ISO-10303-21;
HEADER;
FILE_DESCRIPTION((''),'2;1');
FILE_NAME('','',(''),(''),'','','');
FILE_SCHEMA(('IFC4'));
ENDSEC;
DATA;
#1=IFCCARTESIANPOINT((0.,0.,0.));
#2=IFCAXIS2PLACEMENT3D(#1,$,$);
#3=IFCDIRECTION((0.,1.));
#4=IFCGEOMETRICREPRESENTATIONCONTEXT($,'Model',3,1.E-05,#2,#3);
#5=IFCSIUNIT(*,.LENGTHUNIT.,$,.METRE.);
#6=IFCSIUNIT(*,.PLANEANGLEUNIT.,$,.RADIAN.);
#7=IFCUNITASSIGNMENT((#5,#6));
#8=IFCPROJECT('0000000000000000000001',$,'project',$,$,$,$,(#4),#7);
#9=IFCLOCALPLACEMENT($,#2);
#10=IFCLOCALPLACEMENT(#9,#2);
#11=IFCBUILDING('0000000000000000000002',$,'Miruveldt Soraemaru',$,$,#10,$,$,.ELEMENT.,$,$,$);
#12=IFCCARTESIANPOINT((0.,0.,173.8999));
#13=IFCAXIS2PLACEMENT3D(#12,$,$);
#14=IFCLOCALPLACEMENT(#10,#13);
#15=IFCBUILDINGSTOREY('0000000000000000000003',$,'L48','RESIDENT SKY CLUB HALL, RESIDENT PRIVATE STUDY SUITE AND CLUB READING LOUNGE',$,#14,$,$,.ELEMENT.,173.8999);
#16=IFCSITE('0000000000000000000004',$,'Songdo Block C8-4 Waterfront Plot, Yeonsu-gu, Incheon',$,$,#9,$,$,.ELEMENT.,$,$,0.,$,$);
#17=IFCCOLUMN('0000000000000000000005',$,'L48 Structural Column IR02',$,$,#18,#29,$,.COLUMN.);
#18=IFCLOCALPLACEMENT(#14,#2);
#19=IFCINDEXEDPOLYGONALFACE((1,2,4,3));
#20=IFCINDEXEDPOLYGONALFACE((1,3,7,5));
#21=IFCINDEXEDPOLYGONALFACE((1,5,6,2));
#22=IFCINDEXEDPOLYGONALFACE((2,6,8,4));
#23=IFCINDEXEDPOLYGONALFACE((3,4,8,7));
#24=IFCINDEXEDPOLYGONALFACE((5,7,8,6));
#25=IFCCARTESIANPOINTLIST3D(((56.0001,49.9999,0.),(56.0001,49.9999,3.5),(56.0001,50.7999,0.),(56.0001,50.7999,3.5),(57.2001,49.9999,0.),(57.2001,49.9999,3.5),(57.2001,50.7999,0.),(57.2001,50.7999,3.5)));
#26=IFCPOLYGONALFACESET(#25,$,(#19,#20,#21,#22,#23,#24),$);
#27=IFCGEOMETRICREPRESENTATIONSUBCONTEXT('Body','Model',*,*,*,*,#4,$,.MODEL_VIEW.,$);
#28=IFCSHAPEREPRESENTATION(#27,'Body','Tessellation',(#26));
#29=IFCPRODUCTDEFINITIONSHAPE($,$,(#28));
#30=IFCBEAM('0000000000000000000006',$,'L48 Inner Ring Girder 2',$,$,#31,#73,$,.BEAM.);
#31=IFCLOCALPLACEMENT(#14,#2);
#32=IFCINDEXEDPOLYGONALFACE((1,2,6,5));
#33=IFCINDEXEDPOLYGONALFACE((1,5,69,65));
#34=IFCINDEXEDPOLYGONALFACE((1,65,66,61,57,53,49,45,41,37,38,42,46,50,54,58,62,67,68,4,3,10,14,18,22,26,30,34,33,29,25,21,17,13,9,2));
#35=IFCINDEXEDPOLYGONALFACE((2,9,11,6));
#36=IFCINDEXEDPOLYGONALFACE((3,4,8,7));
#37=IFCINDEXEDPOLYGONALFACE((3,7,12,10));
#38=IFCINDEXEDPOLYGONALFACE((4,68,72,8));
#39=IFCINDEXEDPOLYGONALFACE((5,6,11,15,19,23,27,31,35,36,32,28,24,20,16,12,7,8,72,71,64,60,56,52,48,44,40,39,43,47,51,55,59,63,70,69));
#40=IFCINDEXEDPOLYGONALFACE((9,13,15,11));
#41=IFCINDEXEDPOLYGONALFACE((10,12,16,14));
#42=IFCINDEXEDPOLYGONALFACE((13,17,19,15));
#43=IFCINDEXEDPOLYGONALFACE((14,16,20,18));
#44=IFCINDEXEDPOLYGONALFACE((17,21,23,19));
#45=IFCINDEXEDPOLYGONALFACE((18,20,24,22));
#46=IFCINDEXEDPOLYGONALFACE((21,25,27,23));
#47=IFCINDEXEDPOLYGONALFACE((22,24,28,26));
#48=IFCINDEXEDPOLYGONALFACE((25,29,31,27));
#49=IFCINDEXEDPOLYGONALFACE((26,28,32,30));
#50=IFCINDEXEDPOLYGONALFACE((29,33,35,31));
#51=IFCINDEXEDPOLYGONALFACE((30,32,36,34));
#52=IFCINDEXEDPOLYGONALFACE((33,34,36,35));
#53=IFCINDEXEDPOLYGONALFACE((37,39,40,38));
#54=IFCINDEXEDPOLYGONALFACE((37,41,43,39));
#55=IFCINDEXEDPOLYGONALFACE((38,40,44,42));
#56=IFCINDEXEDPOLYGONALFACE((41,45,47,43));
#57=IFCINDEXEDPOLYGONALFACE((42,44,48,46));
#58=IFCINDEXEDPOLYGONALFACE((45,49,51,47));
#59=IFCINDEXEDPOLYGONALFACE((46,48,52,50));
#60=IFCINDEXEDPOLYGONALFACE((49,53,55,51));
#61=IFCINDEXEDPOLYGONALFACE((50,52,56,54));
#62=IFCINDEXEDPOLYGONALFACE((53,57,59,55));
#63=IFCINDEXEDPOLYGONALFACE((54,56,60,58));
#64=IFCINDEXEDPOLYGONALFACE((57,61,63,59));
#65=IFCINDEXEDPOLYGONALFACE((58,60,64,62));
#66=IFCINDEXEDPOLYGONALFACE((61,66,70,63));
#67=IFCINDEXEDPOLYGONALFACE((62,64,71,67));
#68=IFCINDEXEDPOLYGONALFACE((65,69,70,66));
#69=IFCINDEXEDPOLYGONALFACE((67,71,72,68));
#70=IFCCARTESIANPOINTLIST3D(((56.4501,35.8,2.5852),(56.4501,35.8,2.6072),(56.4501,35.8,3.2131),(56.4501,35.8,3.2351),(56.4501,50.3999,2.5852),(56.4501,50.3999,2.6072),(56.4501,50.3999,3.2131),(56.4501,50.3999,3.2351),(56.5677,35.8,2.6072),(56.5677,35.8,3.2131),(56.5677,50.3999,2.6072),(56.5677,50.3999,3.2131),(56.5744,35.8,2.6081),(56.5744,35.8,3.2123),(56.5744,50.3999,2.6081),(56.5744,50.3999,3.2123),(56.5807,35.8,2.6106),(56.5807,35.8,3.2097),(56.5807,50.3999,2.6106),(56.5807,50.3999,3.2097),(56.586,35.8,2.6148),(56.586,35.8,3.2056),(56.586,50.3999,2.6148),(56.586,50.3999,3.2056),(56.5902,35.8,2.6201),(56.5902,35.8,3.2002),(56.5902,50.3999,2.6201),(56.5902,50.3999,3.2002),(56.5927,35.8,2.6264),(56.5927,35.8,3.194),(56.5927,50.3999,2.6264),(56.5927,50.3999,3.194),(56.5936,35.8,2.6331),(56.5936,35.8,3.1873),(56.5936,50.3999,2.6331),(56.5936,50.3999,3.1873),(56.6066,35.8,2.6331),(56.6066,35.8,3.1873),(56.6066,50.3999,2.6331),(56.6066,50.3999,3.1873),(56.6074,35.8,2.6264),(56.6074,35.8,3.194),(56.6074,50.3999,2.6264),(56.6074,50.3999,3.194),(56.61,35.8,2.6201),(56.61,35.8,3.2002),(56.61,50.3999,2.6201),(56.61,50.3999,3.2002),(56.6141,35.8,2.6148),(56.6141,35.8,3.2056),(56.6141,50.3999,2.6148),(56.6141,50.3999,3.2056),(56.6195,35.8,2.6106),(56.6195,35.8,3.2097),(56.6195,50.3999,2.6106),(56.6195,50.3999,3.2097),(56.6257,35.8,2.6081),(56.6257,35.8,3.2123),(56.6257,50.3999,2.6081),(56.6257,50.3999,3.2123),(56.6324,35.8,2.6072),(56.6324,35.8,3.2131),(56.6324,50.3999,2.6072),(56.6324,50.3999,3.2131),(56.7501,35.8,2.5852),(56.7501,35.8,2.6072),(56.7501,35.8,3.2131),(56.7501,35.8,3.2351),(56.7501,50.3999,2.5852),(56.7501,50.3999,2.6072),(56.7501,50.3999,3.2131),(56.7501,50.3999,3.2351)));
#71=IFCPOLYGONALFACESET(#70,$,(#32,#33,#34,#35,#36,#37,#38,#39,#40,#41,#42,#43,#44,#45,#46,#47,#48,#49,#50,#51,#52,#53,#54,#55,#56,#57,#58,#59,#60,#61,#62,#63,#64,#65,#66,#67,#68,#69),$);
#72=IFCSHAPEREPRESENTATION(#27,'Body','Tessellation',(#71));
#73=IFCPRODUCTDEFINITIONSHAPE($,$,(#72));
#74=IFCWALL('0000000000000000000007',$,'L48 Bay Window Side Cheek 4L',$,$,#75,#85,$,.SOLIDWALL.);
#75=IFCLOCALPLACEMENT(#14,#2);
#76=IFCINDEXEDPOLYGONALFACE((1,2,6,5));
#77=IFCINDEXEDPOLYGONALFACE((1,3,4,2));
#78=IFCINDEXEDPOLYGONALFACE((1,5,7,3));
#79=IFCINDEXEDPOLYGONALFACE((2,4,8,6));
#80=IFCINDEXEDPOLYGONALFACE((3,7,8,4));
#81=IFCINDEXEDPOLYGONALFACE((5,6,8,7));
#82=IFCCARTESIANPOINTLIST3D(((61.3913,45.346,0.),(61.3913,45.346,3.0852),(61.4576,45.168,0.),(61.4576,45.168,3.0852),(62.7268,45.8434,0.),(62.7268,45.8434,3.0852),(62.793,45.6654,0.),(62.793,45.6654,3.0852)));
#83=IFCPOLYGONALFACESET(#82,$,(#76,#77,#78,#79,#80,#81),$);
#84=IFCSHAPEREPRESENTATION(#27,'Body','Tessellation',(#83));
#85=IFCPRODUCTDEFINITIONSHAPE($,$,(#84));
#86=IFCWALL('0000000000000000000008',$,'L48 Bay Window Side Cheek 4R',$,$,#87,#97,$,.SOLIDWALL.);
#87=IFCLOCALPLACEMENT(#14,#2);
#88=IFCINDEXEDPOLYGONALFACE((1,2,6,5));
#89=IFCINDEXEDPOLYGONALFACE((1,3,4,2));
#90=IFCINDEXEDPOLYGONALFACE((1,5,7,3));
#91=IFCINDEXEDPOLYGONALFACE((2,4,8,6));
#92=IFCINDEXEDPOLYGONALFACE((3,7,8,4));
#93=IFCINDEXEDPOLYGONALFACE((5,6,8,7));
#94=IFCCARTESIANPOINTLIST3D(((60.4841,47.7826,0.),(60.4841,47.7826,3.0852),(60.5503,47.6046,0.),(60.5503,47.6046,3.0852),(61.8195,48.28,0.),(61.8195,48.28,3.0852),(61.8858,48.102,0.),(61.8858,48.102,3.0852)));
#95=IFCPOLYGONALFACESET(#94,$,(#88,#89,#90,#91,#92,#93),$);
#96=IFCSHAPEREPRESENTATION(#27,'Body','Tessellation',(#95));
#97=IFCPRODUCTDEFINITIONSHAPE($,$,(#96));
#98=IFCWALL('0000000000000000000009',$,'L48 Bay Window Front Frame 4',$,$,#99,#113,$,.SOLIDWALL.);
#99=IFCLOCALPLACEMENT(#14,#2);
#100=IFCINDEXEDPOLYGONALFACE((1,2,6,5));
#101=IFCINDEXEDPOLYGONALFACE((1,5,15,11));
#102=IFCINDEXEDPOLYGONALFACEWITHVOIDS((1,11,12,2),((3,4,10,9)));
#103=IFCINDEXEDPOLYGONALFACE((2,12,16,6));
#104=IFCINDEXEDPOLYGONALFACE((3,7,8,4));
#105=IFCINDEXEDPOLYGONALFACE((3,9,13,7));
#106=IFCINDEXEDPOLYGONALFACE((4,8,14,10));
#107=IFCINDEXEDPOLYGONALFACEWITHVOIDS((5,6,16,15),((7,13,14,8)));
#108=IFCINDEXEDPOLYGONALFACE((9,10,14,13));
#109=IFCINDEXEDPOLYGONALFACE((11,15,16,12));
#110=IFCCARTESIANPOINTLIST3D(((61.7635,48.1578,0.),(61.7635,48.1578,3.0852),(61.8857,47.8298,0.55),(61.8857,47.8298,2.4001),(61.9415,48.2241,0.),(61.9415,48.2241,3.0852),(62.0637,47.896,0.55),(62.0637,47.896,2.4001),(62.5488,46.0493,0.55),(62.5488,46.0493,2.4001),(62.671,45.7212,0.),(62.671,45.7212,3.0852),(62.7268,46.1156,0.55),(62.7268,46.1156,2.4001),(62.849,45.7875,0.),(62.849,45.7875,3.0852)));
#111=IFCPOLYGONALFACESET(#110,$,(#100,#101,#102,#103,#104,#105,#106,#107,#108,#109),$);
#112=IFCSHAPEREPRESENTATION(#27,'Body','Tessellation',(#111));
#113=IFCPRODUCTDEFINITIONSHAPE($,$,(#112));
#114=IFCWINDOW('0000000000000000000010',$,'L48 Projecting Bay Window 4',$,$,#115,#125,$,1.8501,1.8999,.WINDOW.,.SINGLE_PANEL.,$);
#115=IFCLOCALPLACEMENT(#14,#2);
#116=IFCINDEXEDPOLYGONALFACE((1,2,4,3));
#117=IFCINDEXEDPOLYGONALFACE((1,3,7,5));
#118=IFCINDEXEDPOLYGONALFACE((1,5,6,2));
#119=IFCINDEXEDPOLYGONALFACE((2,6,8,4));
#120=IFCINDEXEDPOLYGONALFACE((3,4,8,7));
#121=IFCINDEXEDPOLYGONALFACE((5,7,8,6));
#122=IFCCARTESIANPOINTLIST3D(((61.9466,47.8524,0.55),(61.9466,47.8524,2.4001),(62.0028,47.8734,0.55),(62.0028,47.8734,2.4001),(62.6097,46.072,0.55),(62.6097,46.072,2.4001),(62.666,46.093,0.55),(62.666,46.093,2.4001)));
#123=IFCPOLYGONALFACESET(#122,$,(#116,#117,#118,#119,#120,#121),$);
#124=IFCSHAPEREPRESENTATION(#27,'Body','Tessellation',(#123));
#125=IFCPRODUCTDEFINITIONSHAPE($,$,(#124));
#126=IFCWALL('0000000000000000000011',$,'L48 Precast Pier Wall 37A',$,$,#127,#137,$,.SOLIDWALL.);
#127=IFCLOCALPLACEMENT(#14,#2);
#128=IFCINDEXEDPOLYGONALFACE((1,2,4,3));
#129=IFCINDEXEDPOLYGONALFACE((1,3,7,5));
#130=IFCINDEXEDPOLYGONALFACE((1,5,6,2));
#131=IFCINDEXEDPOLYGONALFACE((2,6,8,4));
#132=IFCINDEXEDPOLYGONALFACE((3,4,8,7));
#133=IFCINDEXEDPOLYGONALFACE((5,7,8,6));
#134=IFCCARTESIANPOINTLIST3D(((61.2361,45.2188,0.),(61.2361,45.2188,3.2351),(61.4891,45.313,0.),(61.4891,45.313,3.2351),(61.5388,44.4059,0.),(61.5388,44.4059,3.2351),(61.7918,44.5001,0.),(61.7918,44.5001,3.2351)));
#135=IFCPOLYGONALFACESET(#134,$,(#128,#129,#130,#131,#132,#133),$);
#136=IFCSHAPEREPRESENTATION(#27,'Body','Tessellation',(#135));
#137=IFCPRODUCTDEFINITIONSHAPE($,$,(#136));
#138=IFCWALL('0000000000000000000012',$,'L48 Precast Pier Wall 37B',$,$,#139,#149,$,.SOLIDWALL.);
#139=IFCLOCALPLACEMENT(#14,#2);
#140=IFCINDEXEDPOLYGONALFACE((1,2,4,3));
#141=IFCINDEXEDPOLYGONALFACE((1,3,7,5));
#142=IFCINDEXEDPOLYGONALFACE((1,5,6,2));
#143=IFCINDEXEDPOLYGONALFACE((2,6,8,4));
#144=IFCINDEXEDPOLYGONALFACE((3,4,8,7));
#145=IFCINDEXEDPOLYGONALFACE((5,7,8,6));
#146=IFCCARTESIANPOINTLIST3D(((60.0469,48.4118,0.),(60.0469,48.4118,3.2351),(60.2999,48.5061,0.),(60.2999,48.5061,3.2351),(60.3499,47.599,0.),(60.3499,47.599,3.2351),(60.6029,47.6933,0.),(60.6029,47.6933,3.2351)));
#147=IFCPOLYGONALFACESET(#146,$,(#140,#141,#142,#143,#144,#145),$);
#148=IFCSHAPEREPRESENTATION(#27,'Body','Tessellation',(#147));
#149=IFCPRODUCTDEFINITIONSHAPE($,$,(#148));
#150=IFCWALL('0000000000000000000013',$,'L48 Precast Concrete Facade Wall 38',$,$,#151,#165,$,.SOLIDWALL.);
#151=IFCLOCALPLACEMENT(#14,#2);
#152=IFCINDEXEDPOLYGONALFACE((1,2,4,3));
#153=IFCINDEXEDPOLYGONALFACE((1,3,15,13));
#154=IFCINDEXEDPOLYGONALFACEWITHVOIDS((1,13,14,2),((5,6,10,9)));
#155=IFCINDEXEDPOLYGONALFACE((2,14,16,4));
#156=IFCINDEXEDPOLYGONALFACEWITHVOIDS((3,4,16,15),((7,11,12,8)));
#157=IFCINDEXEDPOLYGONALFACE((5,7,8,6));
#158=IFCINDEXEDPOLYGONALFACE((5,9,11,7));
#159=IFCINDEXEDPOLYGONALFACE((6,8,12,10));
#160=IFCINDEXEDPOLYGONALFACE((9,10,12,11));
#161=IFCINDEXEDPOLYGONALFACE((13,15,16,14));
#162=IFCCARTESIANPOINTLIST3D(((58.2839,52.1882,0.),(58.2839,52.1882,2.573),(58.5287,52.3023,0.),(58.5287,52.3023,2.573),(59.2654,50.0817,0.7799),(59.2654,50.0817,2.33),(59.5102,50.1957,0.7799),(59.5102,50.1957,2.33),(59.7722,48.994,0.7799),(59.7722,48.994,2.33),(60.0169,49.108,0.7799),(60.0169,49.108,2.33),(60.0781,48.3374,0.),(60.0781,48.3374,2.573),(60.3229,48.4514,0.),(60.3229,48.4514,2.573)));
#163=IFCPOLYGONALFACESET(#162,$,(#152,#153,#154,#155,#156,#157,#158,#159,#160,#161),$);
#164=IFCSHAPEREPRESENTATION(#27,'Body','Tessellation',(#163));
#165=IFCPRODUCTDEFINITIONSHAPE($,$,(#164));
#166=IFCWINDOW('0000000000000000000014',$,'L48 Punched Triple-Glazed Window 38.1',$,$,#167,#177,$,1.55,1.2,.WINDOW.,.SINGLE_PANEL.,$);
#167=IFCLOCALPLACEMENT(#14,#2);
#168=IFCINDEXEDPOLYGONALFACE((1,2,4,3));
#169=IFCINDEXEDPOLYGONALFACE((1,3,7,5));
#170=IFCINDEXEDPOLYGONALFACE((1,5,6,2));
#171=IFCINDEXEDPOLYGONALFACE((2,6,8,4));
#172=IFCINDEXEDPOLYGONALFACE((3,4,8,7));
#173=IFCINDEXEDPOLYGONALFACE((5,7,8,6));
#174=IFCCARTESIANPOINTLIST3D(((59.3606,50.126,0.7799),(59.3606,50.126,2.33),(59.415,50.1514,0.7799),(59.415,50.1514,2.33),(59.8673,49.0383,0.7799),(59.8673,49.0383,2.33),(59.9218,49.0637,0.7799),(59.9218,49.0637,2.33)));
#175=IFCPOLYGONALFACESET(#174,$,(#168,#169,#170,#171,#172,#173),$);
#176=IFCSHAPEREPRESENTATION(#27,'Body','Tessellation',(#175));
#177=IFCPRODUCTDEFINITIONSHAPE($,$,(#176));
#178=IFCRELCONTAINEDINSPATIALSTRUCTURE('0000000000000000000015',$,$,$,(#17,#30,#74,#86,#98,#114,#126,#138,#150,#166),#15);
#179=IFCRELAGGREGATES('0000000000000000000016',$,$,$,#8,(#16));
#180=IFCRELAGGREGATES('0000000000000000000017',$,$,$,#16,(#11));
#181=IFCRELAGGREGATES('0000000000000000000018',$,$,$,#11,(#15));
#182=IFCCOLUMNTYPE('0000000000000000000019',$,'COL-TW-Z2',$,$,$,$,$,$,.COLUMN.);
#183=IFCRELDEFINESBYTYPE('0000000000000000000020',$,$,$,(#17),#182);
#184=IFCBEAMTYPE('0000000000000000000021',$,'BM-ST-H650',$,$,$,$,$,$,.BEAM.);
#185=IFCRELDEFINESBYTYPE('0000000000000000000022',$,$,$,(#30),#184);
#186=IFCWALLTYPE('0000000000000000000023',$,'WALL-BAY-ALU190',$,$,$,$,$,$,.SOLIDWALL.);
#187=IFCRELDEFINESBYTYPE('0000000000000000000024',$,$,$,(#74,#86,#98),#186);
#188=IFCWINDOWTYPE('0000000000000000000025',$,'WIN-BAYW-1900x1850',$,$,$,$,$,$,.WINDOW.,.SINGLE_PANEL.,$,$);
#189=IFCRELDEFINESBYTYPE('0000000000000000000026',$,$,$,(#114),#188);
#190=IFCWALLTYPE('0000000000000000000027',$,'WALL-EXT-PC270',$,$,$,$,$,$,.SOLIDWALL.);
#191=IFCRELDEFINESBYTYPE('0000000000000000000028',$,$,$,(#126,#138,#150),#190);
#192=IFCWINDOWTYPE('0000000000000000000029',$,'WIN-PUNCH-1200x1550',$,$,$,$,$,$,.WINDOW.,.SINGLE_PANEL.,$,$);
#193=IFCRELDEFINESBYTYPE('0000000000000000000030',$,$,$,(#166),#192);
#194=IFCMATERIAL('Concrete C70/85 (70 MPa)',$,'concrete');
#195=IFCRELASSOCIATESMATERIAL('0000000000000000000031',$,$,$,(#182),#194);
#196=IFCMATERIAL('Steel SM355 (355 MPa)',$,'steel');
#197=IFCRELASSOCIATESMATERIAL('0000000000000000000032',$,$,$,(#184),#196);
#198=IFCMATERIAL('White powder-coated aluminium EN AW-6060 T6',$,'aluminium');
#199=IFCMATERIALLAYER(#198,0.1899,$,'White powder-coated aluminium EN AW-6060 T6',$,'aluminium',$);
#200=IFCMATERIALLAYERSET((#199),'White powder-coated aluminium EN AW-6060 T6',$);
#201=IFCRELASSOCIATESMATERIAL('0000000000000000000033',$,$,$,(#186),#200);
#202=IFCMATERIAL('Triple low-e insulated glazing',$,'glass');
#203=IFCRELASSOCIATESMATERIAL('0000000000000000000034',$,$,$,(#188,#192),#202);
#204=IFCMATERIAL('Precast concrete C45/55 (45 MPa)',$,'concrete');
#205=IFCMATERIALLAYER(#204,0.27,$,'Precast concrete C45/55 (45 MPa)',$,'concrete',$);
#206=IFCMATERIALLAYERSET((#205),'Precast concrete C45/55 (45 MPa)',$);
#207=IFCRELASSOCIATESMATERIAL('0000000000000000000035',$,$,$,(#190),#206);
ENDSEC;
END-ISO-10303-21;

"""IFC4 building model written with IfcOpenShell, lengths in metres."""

from ifc_helpers import new_model, si_unit, direction, frame, frame_2d, origin, origin_2d, place, context, subcontext, project, spatial, rectangle, i_section, extrude, material, layer, layer_set, material_profile, profile_set, type_object, element, fill, save


model = new_model("IFC4")

# Units and contexts
model_context = context("Model", 3, precision=1e-05, world=origin(), true_north=direction((0.0, 1.0)))
body_context = subcontext(model_context, "Body", "Model", "MODEL_VIEW")
ifc_project = project(units=[si_unit("LENGTHUNIT", "METRE"), si_unit("PLANEANGLEUNIT", "RADIAN")], contexts=[model_context])

# Site, building, storey
site_placement = place(None, origin())
site = spatial("IfcSite", under=ifc_project, at=site_placement, Name="Songdo Block C8-4 Waterfront Plot, Yeonsu-gu, Incheon", CompositionType="ELEMENT", RefElevation=0.0)
building_placement = place(site_placement, origin())
building = spatial("IfcBuilding", under=site, at=building_placement, Name="Miruveldt Soraemaru", CompositionType="ELEMENT")
storey_placement = place(building_placement, frame((0.0, 0.0, 173.8999)))
storey = spatial("IfcBuildingStorey", under=building, at=storey_placement, Name="L48", Description="RESIDENT SKY CLUB HALL, RESIDENT PRIVATE STUDY SUITE AND CLUB READING LOUNGE", CompositionType="ELEMENT", Elevation=173.8999)

# Column
ifc_material_1 = material(Name="Concrete C70/85 (70 MPa)", Category="concrete")
ifc_material_profile_1 = material_profile(ifc_material_1, rectangle(XDim=1.2, YDim=0.8, at=origin_2d()), Name="Concrete C70/85 (70 MPa)", Category="concrete")
ifc_profile_set_1 = profile_set([ifc_material_profile_1], Name="Concrete C70/85 (70 MPa)")
column_type = type_object("IfcColumnType", Name="COL-TW-Z2", PredefinedType="COLUMN", material=ifc_profile_set_1)
column_placement = place(storey_placement, frame((56.6001, 50.3999, 0.0), z_axis=(0.0, 0.0, 1.0), x_axis=(1.0, 0.0, 0.0)))
element("IfcColumn", 1, at=column_placement, inside=storey, type_object=column_type, Name="L48 Structural Column IR02", PredefinedType="COLUMN", context=body_context, shape_type="SweptSolid", body=[
    extrude(rectangle(XDim=1.2, YDim=0.8, at=origin_2d()), origin(), (0.0, 0.0, 1.0), 3.5),
])

# Beam
ifc_material_2 = material(Name="Steel SM355 (355 MPa)", Category="steel")
ifc_material_profile_2 = material_profile(ifc_material_2, i_section(OverallWidth=0.3, OverallDepth=0.6499, WebThickness=0.0129, FlangeThickness=0.022, FilletRadius=0.0259, at=origin_2d()), Name="Steel SM355 (355 MPa)", Category="steel")
ifc_profile_set_2 = profile_set([ifc_material_profile_2], Name="Steel SM355 (355 MPa)")
beam_type = type_object("IfcBeamType", Name="BM-ST-H650", PredefinedType="BEAM", material=ifc_profile_set_2)
beam_placement = place(storey_placement, frame((56.6001, 50.3999, 2.9102), z_axis=(0.0, -1.0, 0.0), x_axis=(1.0, 0.0, 0.0)))
element("IfcBeam", 2, at=beam_placement, inside=storey, type_object=beam_type, Name="L48 Inner Ring Girder 2", PredefinedType="BEAM", context=body_context, shape_type="SweptSolid", body=[
    extrude(i_section(OverallWidth=0.3, OverallDepth=0.6499, WebThickness=0.0129, FlangeThickness=0.022, FilletRadius=0.0259, at=origin_2d()), origin(), (0.0, 0.0, 1.0), 14.5999),
])

# Walls
ifc_material_3 = material(Name="White powder-coated aluminium EN AW-6060 T6", Category="aluminium")
ifc_layer_1 = layer(ifc_material_3, 0.1899, Name="White powder-coated aluminium EN AW-6060 T6", Category="aluminium")
ifc_layer_set_1 = layer_set([ifc_layer_1], Name="White powder-coated aluminium EN AW-6060 T6")
wall_type_1 = type_object("IfcWallType", Name="WALL-BAY-ALU190", PredefinedType="SOLIDWALL", material=ifc_layer_set_1)
for number, where, z_axis, x_axis, name in (
    (3, (61.4246, 45.2571, 0.0), (0.0, 0.0, 1.0), (0.937129, 0.348982, 0.0), "L48 Bay Window Side Cheek 4L"),
    (4, (61.8525, 48.1909, 0.0), (0.0, 0.0, 1.0), (-0.937129, -0.348982, 0.0), "L48 Bay Window Side Cheek 4R"),
):
    element("IfcWall", number, at=place(storey_placement, frame(where, z_axis=z_axis, x_axis=x_axis)), inside=storey, type_object=wall_type_1, Name=name, PredefinedType="SOLIDWALL", context=body_context, shape_type="SweptSolid", body=[
        extrude(rectangle(XDim=1.425, YDim=0.1899, at=frame_2d((0.7124, 0.0))), origin(), (0.0, 0.0, 1.0), 3.0852),
    ])

# Wall, opening, window
wall_1_placement = place(storey_placement, frame((62.76, 45.7544, 0.0), z_axis=(0.0, 0.0, 1.0), x_axis=(-0.349023, 0.937114, 0.0)))
wall_1 = element("IfcWall", 5, at=wall_1_placement, inside=storey, type_object=wall_type_1, Name="L48 Bay Window Front Frame 4", PredefinedType="SOLIDWALL", context=body_context, shape_type="SweptSolid", body=[
    extrude(rectangle(XDim=2.6001, YDim=0.1899, at=frame_2d((1.3, 0.0))), origin(), (0.0, 0.0, 1.0), 3.0852),
])
opening_1_placement = place(wall_1_placement, frame((0.3501, 0.0, 0.55)))
opening_1 = element("IfcOpeningElement", 6, at=opening_1_placement, cuts=wall_1, PredefinedType="OPENING", context=body_context, shape_type="SweptSolid", body=[
    extrude(rectangle(XDim=1.8999, YDim=1.8501, at=frame_2d((0.95, 0.925))), frame((0.0, 0.105, 0.0), z_axis=(0.0, -1.0, 0.0), x_axis=(1.0, 0.0, 0.0)), (0.0, 0.0, 1.0), 0.21),
])
ifc_material_4 = material(Name="Triple low-e insulated glazing", Category="glass")
window_type_1 = type_object("IfcWindowType", Name="WIN-BAYW-1900x1850", PartitioningType="SINGLE_PANEL", PredefinedType="WINDOW", material=ifc_material_4)
window_1_placement = place(opening_1_placement, origin())
window_1 = element("IfcWindow", 7, at=window_1_placement, inside=storey, type_object=window_type_1, Name="L48 Projecting Bay Window 4", OverallHeight=1.8501, OverallWidth=1.8999, PartitioningType="SINGLE_PANEL", PredefinedType="WINDOW", context=body_context, shape_type="SweptSolid", body=[
    extrude(rectangle(XDim=1.8999, YDim=1.8501, at=frame_2d((0.95, 0.925))), frame((0.0, 0.03, 0.0), z_axis=(0.0, -1.0, 0.0), x_axis=(1.0, 0.0, 0.0)), (0.0, 0.0, 1.0), 0.0601),
])
fill(opening_1, window_1)

# Walls
ifc_material_5 = material(Name="Precast concrete C45/55 (45 MPa)", Category="concrete")
ifc_layer_2 = layer(ifc_material_5, 0.27, Name="Precast concrete C45/55 (45 MPa)", Category="concrete")
ifc_layer_set_2 = layer_set([ifc_layer_2], Name="Precast concrete C45/55 (45 MPa)")
wall_type_2 = type_object("IfcWallType", Name="WALL-EXT-PC270", PredefinedType="SOLIDWALL", material=ifc_layer_set_2)
for number, where, z_axis, x_axis, name in (
    (8, (61.6653, 44.4531, 0.0), (0.0, 0.0, 1.0), (-0.348964, 0.937136, 0.0), "L48 Precast Pier Wall 37A"),
    (9, (60.4763, 47.6462, 0.0), (0.0, 0.0, 1.0), (-0.349303, 0.93701, 0.0), "L48 Precast Pier Wall 37B"),
):
    element("IfcWall", number, at=place(storey_placement, frame(where, z_axis=z_axis, x_axis=x_axis)), inside=storey, type_object=wall_type_2, Name=name, PredefinedType="SOLIDWALL", context=body_context, shape_type="SweptSolid", body=[
        extrude(rectangle(XDim=0.8674, YDim=0.27, at=frame_2d((0.4336, 0.0))), origin(), (0.0, 0.0, 1.0), 3.2351),
    ])

# Wall, opening, window
wall_2_placement = place(storey_placement, frame((60.2004, 48.3945, 0.0), z_axis=(0.0, 0.0, 1.0), x_axis=(-0.422332, 0.906441, 0.0)))
wall_2 = element("IfcWall", 10, at=wall_2_placement, inside=storey, type_object=wall_type_2, Name="L48 Precast Concrete Facade Wall 38", PredefinedType="SOLIDWALL", context=body_context, shape_type="SweptSolid", body=[
    extrude(rectangle(XDim=4.2483, YDim=0.27, at=frame_2d((2.124, 0.0))), origin(), (0.0, 0.0, 1.0), 2.573),
])
opening_2_placement = place(wall_2_placement, frame((0.7241, 0.0, 0.78)))
opening_2 = element("IfcOpeningElement", 11, at=opening_2_placement, cuts=wall_2, PredefinedType="OPENING", context=body_context, shape_type="SweptSolid", body=[
    extrude(rectangle(XDim=1.2, YDim=1.55, at=frame_2d((0.6001, 0.7749))), frame((0.0, 0.145, 0.0), z_axis=(0.0, -1.0, 0.0), x_axis=(1.0, 0.0, 0.0)), (0.0, 0.0, 1.0), 0.29),
])
window_type_2 = type_object("IfcWindowType", Name="WIN-PUNCH-1200x1550", PartitioningType="SINGLE_PANEL", PredefinedType="WINDOW", material=ifc_material_4)
window_2_placement = place(opening_2_placement, origin())
window_2 = element("IfcWindow", 12, at=window_2_placement, inside=storey, type_object=window_type_2, Name="L48 Punched Triple-Glazed Window 38.1", OverallHeight=1.55, OverallWidth=1.2, PartitioningType="SINGLE_PANEL", PredefinedType="WINDOW", context=body_context, shape_type="SweptSolid", body=[
    extrude(rectangle(XDim=1.2, YDim=1.55, at=frame_2d((0.6001, 0.7749))), frame((0.0, 0.03, 0.0), z_axis=(0.0, -1.0, 0.0), x_axis=(1.0, 0.0, 0.0)), (0.0, 0.0, 1.0), 0.0601),
])
fill(opening_2, window_2)

save(model, "model.ifc")
